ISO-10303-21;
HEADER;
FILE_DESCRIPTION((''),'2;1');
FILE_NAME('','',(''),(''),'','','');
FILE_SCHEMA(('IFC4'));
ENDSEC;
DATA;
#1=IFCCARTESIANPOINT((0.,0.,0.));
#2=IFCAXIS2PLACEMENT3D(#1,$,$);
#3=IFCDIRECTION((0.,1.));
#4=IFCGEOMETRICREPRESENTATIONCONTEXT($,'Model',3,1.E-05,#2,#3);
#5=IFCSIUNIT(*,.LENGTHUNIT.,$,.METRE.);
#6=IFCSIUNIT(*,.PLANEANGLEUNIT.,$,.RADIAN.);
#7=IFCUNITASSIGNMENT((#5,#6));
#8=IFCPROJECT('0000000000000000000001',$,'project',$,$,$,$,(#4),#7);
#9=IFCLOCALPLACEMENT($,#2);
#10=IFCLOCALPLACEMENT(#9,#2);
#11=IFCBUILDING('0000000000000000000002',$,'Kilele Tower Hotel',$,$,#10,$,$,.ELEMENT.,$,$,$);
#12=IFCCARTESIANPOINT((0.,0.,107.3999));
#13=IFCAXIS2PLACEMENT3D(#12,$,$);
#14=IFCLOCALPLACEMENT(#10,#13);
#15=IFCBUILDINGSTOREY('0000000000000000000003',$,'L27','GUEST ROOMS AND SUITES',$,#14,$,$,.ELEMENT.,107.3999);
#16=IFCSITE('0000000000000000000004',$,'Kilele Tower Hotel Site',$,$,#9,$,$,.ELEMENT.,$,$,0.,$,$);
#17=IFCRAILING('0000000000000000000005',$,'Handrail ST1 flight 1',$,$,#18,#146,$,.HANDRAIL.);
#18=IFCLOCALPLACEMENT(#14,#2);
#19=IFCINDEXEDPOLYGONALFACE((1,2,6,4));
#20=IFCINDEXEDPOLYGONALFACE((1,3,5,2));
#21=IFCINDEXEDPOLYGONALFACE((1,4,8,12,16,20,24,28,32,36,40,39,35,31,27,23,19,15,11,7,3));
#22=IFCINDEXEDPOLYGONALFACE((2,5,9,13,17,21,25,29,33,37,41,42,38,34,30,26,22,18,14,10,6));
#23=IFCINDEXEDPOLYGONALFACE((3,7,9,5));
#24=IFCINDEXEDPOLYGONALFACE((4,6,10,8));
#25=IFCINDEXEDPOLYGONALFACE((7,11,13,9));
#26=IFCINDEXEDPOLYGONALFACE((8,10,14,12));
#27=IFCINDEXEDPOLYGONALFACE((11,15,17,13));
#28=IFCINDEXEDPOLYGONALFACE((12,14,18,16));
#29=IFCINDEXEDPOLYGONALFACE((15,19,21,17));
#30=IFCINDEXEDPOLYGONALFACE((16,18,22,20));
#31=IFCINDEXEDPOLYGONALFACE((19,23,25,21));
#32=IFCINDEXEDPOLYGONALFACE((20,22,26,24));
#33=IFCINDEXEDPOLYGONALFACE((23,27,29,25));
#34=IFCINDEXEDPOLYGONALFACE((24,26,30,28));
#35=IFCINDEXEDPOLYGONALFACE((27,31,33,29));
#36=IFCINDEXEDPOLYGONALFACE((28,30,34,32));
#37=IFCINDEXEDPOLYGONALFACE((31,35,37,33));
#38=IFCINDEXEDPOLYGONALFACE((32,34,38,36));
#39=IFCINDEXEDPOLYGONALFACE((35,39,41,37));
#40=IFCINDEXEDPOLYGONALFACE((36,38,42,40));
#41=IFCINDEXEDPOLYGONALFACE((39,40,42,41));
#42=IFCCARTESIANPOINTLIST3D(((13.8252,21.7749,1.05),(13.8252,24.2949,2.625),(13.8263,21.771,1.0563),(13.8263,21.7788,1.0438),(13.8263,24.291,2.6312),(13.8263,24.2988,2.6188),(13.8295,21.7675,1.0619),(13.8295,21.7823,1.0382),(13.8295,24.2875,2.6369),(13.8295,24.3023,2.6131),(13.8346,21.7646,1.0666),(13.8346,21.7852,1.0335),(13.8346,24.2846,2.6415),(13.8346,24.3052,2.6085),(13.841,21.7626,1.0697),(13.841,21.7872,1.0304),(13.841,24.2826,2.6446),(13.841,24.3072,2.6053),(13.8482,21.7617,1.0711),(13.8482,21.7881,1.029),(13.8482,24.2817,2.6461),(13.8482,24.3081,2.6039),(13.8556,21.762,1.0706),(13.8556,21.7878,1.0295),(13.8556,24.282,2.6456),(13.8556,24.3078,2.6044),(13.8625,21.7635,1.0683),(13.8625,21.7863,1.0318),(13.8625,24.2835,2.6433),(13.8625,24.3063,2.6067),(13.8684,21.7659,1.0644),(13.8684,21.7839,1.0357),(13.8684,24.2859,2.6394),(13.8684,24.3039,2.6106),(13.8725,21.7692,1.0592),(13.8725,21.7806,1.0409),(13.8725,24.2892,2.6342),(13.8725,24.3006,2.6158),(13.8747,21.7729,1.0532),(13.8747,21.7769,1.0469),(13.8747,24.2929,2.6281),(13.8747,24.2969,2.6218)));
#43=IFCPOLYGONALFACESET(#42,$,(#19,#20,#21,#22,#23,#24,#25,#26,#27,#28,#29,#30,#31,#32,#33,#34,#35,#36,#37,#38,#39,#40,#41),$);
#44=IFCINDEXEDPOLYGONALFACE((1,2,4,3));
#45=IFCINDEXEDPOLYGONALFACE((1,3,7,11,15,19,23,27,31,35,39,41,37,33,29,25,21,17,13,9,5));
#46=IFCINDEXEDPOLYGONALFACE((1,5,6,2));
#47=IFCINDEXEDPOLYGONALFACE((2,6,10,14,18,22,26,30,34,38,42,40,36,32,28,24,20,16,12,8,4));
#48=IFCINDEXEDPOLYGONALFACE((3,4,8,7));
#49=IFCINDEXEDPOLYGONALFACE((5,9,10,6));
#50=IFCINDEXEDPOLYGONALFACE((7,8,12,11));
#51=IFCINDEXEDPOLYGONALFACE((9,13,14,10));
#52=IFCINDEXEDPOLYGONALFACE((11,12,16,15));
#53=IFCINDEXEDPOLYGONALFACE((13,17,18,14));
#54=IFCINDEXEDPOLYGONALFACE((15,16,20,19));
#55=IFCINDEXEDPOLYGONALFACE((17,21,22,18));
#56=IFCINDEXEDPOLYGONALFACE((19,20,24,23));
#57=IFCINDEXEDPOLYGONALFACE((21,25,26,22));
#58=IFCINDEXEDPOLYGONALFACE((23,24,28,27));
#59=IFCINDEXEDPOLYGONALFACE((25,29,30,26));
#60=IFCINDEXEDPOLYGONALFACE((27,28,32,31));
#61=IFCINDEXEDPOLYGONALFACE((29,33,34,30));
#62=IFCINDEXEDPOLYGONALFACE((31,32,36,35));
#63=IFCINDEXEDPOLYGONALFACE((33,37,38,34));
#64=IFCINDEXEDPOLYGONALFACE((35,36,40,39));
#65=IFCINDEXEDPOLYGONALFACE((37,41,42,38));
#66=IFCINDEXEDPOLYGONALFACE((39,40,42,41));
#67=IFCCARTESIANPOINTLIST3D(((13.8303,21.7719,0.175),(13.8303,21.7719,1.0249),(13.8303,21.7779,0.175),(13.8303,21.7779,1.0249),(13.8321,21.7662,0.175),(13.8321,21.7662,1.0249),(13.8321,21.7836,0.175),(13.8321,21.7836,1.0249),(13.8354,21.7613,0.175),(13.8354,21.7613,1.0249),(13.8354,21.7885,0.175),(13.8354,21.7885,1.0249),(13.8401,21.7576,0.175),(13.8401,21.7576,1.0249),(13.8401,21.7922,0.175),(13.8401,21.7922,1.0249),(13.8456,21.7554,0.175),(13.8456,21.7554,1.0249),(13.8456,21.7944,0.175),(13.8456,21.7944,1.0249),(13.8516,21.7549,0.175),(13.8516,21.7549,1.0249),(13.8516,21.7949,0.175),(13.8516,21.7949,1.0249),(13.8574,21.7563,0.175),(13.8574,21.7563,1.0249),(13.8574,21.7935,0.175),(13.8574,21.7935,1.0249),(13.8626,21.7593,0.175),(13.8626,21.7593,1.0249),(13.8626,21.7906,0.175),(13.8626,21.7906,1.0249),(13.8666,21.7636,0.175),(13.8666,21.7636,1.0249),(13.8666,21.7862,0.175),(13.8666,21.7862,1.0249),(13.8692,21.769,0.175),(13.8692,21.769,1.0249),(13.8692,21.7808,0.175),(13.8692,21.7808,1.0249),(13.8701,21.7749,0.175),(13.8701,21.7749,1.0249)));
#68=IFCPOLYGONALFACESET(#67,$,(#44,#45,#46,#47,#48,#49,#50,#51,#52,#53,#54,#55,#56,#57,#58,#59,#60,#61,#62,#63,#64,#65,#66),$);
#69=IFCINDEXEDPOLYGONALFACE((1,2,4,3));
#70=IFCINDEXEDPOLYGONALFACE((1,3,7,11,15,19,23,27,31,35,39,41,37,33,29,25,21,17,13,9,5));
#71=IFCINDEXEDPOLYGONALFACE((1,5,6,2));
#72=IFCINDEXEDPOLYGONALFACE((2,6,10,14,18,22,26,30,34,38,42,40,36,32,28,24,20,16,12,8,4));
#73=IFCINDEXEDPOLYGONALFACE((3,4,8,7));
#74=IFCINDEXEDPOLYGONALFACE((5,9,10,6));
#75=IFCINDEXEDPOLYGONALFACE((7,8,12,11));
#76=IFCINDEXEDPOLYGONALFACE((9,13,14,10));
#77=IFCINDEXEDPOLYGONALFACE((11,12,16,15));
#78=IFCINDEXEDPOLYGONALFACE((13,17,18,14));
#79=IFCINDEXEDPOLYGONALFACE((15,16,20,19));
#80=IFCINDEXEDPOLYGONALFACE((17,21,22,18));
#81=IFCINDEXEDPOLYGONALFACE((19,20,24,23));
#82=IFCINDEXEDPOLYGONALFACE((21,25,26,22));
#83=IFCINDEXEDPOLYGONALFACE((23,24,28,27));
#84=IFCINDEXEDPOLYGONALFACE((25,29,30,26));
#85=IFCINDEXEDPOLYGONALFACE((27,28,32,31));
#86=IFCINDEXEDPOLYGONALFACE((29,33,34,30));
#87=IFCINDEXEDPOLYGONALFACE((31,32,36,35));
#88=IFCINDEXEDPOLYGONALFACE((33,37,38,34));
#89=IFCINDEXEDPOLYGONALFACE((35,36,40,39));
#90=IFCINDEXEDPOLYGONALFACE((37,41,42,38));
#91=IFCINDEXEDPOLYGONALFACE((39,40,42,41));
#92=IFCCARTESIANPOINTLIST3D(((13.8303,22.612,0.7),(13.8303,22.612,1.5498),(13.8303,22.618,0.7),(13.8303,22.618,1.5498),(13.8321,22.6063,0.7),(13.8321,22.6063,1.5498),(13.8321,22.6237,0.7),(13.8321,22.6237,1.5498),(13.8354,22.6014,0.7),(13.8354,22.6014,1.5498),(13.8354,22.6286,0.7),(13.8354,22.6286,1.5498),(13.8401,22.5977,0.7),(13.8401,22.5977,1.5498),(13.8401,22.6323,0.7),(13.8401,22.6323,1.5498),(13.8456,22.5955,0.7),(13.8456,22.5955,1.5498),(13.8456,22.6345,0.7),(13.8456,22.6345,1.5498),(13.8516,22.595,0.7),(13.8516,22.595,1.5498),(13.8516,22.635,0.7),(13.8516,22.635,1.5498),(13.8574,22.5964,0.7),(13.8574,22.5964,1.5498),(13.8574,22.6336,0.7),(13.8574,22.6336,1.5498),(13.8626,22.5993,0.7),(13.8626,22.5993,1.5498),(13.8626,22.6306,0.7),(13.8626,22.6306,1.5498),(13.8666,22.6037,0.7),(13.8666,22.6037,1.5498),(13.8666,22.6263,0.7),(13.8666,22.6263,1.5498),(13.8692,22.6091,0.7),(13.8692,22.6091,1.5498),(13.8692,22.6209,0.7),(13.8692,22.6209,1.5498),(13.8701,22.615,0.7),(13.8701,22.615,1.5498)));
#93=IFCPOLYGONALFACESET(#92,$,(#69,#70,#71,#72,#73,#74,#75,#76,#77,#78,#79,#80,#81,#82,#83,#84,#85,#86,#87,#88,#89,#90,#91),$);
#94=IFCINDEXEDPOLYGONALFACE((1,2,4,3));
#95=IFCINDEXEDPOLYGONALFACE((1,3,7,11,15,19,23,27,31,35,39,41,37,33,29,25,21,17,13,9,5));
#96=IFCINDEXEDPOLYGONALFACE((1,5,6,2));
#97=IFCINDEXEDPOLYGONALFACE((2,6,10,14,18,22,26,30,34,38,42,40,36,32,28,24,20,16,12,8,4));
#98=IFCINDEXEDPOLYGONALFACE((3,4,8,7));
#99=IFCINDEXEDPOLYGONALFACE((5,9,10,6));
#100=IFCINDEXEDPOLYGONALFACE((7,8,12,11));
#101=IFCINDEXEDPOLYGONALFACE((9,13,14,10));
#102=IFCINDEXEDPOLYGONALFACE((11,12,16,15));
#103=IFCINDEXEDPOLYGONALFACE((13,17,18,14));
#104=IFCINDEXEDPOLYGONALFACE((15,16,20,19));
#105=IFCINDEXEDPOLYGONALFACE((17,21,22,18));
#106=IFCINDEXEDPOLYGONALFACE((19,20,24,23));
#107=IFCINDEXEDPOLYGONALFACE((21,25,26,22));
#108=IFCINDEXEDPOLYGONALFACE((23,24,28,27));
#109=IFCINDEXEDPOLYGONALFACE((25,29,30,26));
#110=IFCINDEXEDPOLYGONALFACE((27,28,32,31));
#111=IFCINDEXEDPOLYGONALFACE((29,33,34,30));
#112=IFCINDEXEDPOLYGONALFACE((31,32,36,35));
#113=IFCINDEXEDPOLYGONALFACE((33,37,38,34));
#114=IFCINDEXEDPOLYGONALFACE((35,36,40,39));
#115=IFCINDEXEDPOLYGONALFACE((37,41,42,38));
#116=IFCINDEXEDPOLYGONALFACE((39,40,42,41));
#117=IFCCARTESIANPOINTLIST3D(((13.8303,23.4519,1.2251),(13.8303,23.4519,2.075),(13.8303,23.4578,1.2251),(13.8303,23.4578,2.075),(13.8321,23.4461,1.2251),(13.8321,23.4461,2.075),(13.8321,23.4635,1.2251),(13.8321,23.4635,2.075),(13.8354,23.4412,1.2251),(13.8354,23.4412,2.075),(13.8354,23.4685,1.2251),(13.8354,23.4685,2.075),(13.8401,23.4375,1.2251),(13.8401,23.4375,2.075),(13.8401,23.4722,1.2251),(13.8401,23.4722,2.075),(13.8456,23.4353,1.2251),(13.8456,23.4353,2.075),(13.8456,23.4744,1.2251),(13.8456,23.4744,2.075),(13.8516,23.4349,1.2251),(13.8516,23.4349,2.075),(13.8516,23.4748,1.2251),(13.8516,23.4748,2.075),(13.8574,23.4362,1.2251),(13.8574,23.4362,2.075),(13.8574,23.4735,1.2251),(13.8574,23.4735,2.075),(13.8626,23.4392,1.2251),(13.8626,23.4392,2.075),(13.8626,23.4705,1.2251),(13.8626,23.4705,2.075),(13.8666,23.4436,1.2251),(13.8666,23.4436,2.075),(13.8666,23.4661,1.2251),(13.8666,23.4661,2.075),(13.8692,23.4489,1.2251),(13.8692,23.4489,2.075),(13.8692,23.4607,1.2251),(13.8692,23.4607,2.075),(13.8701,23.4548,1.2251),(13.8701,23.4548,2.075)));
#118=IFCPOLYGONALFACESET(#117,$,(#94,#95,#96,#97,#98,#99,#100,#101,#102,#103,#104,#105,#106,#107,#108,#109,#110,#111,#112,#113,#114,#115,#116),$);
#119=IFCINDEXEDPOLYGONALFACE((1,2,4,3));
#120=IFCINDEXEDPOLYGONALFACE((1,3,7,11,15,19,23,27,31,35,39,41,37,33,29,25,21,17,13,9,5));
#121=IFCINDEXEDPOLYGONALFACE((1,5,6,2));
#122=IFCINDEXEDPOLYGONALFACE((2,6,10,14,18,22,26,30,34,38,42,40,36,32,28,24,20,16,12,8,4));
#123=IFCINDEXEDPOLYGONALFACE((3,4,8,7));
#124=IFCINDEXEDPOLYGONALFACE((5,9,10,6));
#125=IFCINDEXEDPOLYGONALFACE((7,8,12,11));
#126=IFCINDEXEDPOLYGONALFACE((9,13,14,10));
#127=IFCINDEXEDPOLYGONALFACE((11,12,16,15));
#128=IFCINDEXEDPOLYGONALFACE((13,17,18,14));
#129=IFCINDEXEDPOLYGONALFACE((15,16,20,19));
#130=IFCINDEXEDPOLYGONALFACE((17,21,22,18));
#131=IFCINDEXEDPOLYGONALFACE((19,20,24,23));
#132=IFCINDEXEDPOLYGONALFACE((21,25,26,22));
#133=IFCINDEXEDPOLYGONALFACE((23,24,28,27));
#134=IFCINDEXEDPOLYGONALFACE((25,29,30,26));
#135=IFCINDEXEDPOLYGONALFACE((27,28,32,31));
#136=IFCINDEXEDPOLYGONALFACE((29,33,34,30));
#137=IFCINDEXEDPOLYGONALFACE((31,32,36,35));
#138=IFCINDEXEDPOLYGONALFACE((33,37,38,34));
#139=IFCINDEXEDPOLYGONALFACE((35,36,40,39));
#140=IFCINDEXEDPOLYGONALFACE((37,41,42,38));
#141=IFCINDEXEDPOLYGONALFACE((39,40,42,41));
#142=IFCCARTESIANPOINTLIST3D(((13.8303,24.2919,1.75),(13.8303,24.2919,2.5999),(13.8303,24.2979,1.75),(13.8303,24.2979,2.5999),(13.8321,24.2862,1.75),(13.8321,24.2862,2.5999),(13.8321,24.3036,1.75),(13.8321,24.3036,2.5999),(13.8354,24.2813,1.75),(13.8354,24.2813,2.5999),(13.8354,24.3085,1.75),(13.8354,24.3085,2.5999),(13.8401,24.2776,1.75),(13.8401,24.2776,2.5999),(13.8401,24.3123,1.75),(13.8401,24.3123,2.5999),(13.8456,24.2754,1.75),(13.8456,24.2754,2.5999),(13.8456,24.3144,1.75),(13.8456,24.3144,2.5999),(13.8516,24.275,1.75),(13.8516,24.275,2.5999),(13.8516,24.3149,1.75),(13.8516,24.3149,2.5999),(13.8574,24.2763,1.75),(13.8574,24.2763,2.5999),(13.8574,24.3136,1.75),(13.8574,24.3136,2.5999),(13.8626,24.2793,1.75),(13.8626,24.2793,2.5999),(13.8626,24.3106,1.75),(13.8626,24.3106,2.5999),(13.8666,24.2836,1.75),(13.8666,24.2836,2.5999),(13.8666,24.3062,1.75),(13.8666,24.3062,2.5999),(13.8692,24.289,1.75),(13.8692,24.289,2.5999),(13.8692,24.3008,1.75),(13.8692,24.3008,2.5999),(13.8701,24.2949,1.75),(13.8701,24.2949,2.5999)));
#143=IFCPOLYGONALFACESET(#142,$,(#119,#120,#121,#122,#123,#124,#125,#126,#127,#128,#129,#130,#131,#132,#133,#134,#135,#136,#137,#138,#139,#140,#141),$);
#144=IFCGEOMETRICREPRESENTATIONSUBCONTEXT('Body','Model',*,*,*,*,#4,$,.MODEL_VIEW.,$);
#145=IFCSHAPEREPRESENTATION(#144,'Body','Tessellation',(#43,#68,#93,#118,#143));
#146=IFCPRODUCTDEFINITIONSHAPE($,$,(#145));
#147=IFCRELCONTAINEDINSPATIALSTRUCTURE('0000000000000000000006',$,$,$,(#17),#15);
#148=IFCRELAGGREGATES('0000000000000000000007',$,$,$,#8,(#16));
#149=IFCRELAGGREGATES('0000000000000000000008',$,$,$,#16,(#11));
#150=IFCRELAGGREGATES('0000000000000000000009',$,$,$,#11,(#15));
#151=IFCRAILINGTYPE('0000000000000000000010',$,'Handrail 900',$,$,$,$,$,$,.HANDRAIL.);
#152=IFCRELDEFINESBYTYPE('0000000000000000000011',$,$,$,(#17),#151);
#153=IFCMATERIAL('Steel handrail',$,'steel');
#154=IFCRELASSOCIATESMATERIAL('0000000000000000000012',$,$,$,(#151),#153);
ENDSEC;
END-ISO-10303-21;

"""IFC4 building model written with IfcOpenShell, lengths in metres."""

from ifc_helpers import new_model, si_unit, direction, frame, origin, origin_2d, place, context, subcontext, project, spatial, circle, extrude, material, type_object, element, save


model = new_model("IFC4")

# Units and contexts
model_context = context("Model", 3, precision=1e-05, world=origin(), true_north=direction((0.0, 1.0)))
body_context = subcontext(model_context, "Body", "Model", "MODEL_VIEW")
ifc_project = project(units=[si_unit("LENGTHUNIT", "METRE"), si_unit("PLANEANGLEUNIT", "RADIAN")], contexts=[model_context])

# Site, building, storey
site_placement = place(None, origin())
site = spatial("IfcSite", under=ifc_project, at=site_placement, Name="Kilele Tower Hotel Site", CompositionType="ELEMENT", RefElevation=0.0)
building_placement = place(site_placement, origin())
building = spatial("IfcBuilding", under=site, at=building_placement, Name="Kilele Tower Hotel", CompositionType="ELEMENT")
storey_placement = place(building_placement, frame((0.0, 0.0, 107.3999)))
storey = spatial("IfcBuildingStorey", under=building, at=storey_placement, Name="L27", Description="GUEST ROOMS AND SUITES", CompositionType="ELEMENT", Elevation=107.3999)

# Railing
ifc_material_1 = material(Name="Steel handrail", Category="steel")
railing_type_1 = type_object("IfcRailingType", Name="Handrail 900", PredefinedType="HANDRAIL", material=ifc_material_1)
for number, where, name in (
    (1, (13.8501, 21.7749, 0.175), "Handrail ST1 flight 1"),
):
    element("IfcRailing", number, at=place(storey_placement, frame(where)), inside=storey, type_object=railing_type_1, Name=name, PredefinedType="HANDRAIL", context=body_context, shape_type="SweptSolid", body=[
        extrude(circle(Radius=0.0249, at=origin_2d()), frame((0.0, 0.0, 0.875), z_axis=(0.0, 0.848008, 0.529984), x_axis=(-1.0, 0.0, 0.0)), (0.0, 0.0, 1.0), 2.9717),
        extrude(circle(Radius=0.02, at=origin_2d()), origin(), (0.0, 0.0, 1.0), 0.8499),
        extrude(circle(Radius=0.02, at=origin_2d()), frame((0.0, 0.8401, 0.5249)), (0.0, 0.0, 1.0), 0.8499),
        extrude(circle(Radius=0.02, at=origin_2d()), frame((0.0, 1.6799, 1.05)), (0.0, 0.0, 1.0), 0.8499),
        extrude(circle(Radius=0.02, at=origin_2d()), frame((0.0, 2.52, 1.575)), (0.0, 0.0, 1.0), 0.8499),
    ])

save(model, "model.ifc")
